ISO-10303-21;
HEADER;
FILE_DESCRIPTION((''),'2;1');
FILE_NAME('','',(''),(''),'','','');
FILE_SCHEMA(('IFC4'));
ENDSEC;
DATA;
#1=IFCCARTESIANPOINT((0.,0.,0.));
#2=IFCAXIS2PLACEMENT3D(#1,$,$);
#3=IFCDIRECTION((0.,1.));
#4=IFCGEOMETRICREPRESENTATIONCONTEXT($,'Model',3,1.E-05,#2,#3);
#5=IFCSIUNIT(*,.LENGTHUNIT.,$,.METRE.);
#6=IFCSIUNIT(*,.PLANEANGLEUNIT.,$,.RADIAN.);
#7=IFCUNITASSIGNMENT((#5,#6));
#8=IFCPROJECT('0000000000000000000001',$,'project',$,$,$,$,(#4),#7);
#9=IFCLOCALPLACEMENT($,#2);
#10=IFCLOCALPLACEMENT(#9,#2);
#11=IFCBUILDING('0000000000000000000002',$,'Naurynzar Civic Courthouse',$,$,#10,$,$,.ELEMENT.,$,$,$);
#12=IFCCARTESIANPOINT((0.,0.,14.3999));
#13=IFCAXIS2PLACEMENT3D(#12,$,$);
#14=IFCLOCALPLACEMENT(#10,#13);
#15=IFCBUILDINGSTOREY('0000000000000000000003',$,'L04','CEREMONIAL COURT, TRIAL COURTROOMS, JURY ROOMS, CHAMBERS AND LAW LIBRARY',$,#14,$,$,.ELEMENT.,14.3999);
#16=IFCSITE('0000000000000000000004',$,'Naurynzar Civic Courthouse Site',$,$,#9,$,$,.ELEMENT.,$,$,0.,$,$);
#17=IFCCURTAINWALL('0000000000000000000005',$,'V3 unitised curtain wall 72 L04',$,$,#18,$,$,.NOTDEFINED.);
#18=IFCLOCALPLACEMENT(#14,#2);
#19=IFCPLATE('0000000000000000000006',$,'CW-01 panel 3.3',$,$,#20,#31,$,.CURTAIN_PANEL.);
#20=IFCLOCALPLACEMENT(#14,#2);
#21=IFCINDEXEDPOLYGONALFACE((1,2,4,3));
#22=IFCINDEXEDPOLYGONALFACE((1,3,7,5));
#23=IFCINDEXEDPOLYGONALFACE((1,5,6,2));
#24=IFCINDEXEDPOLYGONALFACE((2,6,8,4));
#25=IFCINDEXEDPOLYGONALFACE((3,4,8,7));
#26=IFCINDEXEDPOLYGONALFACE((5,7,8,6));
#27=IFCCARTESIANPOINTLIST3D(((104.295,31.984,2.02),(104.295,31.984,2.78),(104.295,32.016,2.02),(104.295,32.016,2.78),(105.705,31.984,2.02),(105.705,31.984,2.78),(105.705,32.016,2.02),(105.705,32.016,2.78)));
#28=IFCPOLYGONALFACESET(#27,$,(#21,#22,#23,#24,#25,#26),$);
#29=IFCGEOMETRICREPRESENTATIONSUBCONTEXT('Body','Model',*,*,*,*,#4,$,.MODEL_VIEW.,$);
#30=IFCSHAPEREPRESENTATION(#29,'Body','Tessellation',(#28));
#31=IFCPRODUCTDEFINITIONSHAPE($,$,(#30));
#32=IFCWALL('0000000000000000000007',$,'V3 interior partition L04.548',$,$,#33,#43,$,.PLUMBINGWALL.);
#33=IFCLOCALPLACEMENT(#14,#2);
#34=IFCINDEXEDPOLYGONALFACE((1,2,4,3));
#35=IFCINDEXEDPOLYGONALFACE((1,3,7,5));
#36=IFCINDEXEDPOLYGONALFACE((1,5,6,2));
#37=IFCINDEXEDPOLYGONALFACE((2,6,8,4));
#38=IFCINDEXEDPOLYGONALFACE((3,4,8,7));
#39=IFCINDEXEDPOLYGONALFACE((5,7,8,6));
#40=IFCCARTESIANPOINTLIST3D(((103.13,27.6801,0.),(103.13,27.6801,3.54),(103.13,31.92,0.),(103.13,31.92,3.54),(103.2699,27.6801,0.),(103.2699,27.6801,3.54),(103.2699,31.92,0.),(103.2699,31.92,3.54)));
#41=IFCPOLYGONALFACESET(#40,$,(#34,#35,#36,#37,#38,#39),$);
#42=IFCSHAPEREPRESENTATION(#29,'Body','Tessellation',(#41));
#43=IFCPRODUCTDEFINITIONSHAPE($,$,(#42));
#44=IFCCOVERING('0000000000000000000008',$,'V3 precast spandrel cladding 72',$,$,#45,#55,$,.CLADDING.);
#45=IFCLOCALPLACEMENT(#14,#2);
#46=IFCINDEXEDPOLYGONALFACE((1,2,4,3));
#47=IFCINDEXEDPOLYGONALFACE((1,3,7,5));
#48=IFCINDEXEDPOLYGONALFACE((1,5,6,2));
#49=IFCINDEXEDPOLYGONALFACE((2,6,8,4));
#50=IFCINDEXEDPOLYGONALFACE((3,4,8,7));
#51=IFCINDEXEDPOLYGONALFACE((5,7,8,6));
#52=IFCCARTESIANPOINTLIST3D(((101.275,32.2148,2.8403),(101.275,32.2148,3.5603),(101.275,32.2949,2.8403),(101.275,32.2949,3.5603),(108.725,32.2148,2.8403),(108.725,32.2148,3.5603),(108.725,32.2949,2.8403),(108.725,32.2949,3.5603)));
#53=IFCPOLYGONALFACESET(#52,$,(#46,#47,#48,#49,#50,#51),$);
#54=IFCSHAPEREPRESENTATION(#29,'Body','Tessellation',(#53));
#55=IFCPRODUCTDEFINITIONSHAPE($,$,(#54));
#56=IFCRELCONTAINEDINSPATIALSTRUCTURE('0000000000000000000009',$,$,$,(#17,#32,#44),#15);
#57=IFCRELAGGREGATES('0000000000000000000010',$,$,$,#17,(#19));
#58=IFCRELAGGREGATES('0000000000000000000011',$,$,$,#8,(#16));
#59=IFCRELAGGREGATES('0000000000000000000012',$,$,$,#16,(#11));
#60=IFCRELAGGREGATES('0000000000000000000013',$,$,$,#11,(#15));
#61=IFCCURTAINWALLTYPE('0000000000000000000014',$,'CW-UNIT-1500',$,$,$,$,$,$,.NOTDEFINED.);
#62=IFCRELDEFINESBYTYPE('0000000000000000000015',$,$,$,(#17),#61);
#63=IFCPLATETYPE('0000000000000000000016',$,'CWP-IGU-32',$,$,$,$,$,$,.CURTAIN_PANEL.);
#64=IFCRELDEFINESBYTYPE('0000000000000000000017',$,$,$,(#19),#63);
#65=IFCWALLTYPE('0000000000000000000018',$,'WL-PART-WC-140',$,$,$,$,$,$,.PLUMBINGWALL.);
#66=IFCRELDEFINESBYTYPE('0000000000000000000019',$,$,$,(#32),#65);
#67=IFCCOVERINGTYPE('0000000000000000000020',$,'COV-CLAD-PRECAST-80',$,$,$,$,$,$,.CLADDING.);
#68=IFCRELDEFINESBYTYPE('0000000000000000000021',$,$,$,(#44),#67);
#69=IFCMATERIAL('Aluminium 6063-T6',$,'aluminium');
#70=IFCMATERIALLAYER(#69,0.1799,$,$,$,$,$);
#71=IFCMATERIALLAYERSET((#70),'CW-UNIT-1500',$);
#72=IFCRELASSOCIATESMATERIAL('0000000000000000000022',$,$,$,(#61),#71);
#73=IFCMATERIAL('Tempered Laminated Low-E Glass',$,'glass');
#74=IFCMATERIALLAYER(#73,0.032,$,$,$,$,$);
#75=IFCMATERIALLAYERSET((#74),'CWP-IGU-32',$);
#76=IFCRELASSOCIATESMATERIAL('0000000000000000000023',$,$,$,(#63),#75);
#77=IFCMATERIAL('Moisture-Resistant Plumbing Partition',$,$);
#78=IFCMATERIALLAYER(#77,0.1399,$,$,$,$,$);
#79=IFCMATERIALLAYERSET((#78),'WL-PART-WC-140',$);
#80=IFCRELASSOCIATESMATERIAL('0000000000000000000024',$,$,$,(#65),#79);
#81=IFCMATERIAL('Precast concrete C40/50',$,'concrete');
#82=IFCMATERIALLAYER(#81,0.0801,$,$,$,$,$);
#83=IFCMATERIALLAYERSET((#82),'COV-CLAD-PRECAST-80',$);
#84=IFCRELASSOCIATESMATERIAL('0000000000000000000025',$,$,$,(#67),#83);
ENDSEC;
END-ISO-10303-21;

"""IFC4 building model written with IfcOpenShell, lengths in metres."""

from ifc_helpers import new_model, si_unit, direction, frame, frame_2d, origin, origin_2d, place, context, subcontext, project, spatial, rectangle, extrude, material, layer, layer_set, type_object, element, aggregate, save


model = new_model("IFC4")

# Units and contexts
model_context = context("Model", 3, precision=1e-05, world=origin(), true_north=direction((0.0, 1.0)))
body_context = subcontext(model_context, "Body", "Model", "MODEL_VIEW")
ifc_project = project(units=[si_unit("LENGTHUNIT", "METRE"), si_unit("PLANEANGLEUNIT", "RADIAN")], contexts=[model_context])

# Site, building, storey
site_placement = place(None, origin())
site = spatial("IfcSite", under=ifc_project, at=site_placement, Name="Naurynzar Civic Courthouse Site", CompositionType="ELEMENT", RefElevation=0.0)
building_placement = place(site_placement, origin())
building = spatial("IfcBuilding", under=site, at=building_placement, Name="Naurynzar Civic Courthouse", CompositionType="ELEMENT")
storey_placement = place(building_placement, frame((0.0, 0.0, 14.3999)))
storey = spatial("IfcBuildingStorey", under=building, at=storey_placement, Name="L04", Description="CEREMONIAL COURT, TRIAL COURTROOMS, JURY ROOMS, CHAMBERS AND LAW LIBRARY", CompositionType="ELEMENT", Elevation=14.3999)

# Curtain wall, plate
ifc_material_1 = material(Name="Aluminium 6063-T6", Category="aluminium")
ifc_layer_1 = layer(ifc_material_1, 0.1799)
ifc_layer_set_1 = layer_set([ifc_layer_1], Name="CW-UNIT-1500")
curtain_wall_type = type_object("IfcCurtainWallType", Name="CW-UNIT-1500", PredefinedType="NOTDEFINED", material=ifc_layer_set_1)
curtain_wall_placement = place(storey_placement, origin())
curtain_wall = element("IfcCurtainWall", 1, at=curtain_wall_placement, inside=storey, type_object=curtain_wall_type, Name="V3 unitised curtain wall 72 L04", PredefinedType="NOTDEFINED")
ifc_material_2 = material(Name="Tempered Laminated Low-E Glass", Category="glass")
ifc_layer_2 = layer(ifc_material_2, 0.032)
ifc_layer_set_2 = layer_set([ifc_layer_2], Name="CWP-IGU-32")
plate_type = type_object("IfcPlateType", Name="CWP-IGU-32", PredefinedType="CURTAIN_PANEL", material=ifc_layer_set_2)
plate_1_placement = place(storey_placement, frame((105.0, 32.0, 2.02), z_axis=(0.0, 0.0, 1.0), x_axis=(1.0, 0.0, 0.0)))
plate_1 = element("IfcPlate", 2, at=plate_1_placement, type_object=plate_type, Name="CW-01 panel 3.3", PredefinedType="CURTAIN_PANEL", context=body_context, shape_type="SweptSolid", body=[
    extrude(rectangle(XDim=1.4099, YDim=0.032, at=origin_2d()), origin(), (0.0, 0.0, 1.0), 0.76),
])
aggregate(curtain_wall, [plate_1])

# Wall
ifc_material_3 = material(Name="Moisture-Resistant Plumbing Partition")
ifc_layer_3 = layer(ifc_material_3, 0.1399)
ifc_layer_set_3 = layer_set([ifc_layer_3], Name="WL-PART-WC-140")
wall_type = type_object("IfcWallType", Name="WL-PART-WC-140", PredefinedType="PLUMBINGWALL", material=ifc_layer_set_3)
wall_placement = place(storey_placement, frame((103.2, 27.6799, 0.0), z_axis=(0.0, 0.0, 1.0), x_axis=(0.0, 1.0, 0.0)))
element("IfcWall", 3, at=wall_placement, inside=storey, type_object=wall_type, Name="V3 interior partition L04.548", PredefinedType="PLUMBINGWALL", context=body_context, shape_type="SweptSolid", body=[
    extrude(rectangle(XDim=4.24, YDim=0.1399, at=frame_2d((2.1201, 0.0))), origin(), (0.0, 0.0, 1.0), 3.54),
])

# Covering
ifc_material_4 = material(Name="Precast concrete C40/50", Category="concrete")
ifc_layer_4 = layer(ifc_material_4, 0.0801)
ifc_layer_set_4 = layer_set([ifc_layer_4], Name="COV-CLAD-PRECAST-80")
covering_type = type_object("IfcCoveringType", Name="COV-CLAD-PRECAST-80", PredefinedType="CLADDING", material=ifc_layer_set_4)
covering_placement = place(storey_placement, frame((105.0, 32.2549, 2.8403), z_axis=(0.0, 0.0, 1.0), x_axis=(1.0, 0.0, 0.0)))
element("IfcCovering", 4, at=covering_placement, inside=storey, type_object=covering_type, Name="V3 precast spandrel cladding 72", PredefinedType="CLADDING", context=body_context, shape_type="SweptSolid", body=[
    extrude(rectangle(XDim=7.45, YDim=0.0801, at=origin_2d()), origin(), (0.0, 0.0, 1.0), 0.72),
])

save(model, "model.ifc")
